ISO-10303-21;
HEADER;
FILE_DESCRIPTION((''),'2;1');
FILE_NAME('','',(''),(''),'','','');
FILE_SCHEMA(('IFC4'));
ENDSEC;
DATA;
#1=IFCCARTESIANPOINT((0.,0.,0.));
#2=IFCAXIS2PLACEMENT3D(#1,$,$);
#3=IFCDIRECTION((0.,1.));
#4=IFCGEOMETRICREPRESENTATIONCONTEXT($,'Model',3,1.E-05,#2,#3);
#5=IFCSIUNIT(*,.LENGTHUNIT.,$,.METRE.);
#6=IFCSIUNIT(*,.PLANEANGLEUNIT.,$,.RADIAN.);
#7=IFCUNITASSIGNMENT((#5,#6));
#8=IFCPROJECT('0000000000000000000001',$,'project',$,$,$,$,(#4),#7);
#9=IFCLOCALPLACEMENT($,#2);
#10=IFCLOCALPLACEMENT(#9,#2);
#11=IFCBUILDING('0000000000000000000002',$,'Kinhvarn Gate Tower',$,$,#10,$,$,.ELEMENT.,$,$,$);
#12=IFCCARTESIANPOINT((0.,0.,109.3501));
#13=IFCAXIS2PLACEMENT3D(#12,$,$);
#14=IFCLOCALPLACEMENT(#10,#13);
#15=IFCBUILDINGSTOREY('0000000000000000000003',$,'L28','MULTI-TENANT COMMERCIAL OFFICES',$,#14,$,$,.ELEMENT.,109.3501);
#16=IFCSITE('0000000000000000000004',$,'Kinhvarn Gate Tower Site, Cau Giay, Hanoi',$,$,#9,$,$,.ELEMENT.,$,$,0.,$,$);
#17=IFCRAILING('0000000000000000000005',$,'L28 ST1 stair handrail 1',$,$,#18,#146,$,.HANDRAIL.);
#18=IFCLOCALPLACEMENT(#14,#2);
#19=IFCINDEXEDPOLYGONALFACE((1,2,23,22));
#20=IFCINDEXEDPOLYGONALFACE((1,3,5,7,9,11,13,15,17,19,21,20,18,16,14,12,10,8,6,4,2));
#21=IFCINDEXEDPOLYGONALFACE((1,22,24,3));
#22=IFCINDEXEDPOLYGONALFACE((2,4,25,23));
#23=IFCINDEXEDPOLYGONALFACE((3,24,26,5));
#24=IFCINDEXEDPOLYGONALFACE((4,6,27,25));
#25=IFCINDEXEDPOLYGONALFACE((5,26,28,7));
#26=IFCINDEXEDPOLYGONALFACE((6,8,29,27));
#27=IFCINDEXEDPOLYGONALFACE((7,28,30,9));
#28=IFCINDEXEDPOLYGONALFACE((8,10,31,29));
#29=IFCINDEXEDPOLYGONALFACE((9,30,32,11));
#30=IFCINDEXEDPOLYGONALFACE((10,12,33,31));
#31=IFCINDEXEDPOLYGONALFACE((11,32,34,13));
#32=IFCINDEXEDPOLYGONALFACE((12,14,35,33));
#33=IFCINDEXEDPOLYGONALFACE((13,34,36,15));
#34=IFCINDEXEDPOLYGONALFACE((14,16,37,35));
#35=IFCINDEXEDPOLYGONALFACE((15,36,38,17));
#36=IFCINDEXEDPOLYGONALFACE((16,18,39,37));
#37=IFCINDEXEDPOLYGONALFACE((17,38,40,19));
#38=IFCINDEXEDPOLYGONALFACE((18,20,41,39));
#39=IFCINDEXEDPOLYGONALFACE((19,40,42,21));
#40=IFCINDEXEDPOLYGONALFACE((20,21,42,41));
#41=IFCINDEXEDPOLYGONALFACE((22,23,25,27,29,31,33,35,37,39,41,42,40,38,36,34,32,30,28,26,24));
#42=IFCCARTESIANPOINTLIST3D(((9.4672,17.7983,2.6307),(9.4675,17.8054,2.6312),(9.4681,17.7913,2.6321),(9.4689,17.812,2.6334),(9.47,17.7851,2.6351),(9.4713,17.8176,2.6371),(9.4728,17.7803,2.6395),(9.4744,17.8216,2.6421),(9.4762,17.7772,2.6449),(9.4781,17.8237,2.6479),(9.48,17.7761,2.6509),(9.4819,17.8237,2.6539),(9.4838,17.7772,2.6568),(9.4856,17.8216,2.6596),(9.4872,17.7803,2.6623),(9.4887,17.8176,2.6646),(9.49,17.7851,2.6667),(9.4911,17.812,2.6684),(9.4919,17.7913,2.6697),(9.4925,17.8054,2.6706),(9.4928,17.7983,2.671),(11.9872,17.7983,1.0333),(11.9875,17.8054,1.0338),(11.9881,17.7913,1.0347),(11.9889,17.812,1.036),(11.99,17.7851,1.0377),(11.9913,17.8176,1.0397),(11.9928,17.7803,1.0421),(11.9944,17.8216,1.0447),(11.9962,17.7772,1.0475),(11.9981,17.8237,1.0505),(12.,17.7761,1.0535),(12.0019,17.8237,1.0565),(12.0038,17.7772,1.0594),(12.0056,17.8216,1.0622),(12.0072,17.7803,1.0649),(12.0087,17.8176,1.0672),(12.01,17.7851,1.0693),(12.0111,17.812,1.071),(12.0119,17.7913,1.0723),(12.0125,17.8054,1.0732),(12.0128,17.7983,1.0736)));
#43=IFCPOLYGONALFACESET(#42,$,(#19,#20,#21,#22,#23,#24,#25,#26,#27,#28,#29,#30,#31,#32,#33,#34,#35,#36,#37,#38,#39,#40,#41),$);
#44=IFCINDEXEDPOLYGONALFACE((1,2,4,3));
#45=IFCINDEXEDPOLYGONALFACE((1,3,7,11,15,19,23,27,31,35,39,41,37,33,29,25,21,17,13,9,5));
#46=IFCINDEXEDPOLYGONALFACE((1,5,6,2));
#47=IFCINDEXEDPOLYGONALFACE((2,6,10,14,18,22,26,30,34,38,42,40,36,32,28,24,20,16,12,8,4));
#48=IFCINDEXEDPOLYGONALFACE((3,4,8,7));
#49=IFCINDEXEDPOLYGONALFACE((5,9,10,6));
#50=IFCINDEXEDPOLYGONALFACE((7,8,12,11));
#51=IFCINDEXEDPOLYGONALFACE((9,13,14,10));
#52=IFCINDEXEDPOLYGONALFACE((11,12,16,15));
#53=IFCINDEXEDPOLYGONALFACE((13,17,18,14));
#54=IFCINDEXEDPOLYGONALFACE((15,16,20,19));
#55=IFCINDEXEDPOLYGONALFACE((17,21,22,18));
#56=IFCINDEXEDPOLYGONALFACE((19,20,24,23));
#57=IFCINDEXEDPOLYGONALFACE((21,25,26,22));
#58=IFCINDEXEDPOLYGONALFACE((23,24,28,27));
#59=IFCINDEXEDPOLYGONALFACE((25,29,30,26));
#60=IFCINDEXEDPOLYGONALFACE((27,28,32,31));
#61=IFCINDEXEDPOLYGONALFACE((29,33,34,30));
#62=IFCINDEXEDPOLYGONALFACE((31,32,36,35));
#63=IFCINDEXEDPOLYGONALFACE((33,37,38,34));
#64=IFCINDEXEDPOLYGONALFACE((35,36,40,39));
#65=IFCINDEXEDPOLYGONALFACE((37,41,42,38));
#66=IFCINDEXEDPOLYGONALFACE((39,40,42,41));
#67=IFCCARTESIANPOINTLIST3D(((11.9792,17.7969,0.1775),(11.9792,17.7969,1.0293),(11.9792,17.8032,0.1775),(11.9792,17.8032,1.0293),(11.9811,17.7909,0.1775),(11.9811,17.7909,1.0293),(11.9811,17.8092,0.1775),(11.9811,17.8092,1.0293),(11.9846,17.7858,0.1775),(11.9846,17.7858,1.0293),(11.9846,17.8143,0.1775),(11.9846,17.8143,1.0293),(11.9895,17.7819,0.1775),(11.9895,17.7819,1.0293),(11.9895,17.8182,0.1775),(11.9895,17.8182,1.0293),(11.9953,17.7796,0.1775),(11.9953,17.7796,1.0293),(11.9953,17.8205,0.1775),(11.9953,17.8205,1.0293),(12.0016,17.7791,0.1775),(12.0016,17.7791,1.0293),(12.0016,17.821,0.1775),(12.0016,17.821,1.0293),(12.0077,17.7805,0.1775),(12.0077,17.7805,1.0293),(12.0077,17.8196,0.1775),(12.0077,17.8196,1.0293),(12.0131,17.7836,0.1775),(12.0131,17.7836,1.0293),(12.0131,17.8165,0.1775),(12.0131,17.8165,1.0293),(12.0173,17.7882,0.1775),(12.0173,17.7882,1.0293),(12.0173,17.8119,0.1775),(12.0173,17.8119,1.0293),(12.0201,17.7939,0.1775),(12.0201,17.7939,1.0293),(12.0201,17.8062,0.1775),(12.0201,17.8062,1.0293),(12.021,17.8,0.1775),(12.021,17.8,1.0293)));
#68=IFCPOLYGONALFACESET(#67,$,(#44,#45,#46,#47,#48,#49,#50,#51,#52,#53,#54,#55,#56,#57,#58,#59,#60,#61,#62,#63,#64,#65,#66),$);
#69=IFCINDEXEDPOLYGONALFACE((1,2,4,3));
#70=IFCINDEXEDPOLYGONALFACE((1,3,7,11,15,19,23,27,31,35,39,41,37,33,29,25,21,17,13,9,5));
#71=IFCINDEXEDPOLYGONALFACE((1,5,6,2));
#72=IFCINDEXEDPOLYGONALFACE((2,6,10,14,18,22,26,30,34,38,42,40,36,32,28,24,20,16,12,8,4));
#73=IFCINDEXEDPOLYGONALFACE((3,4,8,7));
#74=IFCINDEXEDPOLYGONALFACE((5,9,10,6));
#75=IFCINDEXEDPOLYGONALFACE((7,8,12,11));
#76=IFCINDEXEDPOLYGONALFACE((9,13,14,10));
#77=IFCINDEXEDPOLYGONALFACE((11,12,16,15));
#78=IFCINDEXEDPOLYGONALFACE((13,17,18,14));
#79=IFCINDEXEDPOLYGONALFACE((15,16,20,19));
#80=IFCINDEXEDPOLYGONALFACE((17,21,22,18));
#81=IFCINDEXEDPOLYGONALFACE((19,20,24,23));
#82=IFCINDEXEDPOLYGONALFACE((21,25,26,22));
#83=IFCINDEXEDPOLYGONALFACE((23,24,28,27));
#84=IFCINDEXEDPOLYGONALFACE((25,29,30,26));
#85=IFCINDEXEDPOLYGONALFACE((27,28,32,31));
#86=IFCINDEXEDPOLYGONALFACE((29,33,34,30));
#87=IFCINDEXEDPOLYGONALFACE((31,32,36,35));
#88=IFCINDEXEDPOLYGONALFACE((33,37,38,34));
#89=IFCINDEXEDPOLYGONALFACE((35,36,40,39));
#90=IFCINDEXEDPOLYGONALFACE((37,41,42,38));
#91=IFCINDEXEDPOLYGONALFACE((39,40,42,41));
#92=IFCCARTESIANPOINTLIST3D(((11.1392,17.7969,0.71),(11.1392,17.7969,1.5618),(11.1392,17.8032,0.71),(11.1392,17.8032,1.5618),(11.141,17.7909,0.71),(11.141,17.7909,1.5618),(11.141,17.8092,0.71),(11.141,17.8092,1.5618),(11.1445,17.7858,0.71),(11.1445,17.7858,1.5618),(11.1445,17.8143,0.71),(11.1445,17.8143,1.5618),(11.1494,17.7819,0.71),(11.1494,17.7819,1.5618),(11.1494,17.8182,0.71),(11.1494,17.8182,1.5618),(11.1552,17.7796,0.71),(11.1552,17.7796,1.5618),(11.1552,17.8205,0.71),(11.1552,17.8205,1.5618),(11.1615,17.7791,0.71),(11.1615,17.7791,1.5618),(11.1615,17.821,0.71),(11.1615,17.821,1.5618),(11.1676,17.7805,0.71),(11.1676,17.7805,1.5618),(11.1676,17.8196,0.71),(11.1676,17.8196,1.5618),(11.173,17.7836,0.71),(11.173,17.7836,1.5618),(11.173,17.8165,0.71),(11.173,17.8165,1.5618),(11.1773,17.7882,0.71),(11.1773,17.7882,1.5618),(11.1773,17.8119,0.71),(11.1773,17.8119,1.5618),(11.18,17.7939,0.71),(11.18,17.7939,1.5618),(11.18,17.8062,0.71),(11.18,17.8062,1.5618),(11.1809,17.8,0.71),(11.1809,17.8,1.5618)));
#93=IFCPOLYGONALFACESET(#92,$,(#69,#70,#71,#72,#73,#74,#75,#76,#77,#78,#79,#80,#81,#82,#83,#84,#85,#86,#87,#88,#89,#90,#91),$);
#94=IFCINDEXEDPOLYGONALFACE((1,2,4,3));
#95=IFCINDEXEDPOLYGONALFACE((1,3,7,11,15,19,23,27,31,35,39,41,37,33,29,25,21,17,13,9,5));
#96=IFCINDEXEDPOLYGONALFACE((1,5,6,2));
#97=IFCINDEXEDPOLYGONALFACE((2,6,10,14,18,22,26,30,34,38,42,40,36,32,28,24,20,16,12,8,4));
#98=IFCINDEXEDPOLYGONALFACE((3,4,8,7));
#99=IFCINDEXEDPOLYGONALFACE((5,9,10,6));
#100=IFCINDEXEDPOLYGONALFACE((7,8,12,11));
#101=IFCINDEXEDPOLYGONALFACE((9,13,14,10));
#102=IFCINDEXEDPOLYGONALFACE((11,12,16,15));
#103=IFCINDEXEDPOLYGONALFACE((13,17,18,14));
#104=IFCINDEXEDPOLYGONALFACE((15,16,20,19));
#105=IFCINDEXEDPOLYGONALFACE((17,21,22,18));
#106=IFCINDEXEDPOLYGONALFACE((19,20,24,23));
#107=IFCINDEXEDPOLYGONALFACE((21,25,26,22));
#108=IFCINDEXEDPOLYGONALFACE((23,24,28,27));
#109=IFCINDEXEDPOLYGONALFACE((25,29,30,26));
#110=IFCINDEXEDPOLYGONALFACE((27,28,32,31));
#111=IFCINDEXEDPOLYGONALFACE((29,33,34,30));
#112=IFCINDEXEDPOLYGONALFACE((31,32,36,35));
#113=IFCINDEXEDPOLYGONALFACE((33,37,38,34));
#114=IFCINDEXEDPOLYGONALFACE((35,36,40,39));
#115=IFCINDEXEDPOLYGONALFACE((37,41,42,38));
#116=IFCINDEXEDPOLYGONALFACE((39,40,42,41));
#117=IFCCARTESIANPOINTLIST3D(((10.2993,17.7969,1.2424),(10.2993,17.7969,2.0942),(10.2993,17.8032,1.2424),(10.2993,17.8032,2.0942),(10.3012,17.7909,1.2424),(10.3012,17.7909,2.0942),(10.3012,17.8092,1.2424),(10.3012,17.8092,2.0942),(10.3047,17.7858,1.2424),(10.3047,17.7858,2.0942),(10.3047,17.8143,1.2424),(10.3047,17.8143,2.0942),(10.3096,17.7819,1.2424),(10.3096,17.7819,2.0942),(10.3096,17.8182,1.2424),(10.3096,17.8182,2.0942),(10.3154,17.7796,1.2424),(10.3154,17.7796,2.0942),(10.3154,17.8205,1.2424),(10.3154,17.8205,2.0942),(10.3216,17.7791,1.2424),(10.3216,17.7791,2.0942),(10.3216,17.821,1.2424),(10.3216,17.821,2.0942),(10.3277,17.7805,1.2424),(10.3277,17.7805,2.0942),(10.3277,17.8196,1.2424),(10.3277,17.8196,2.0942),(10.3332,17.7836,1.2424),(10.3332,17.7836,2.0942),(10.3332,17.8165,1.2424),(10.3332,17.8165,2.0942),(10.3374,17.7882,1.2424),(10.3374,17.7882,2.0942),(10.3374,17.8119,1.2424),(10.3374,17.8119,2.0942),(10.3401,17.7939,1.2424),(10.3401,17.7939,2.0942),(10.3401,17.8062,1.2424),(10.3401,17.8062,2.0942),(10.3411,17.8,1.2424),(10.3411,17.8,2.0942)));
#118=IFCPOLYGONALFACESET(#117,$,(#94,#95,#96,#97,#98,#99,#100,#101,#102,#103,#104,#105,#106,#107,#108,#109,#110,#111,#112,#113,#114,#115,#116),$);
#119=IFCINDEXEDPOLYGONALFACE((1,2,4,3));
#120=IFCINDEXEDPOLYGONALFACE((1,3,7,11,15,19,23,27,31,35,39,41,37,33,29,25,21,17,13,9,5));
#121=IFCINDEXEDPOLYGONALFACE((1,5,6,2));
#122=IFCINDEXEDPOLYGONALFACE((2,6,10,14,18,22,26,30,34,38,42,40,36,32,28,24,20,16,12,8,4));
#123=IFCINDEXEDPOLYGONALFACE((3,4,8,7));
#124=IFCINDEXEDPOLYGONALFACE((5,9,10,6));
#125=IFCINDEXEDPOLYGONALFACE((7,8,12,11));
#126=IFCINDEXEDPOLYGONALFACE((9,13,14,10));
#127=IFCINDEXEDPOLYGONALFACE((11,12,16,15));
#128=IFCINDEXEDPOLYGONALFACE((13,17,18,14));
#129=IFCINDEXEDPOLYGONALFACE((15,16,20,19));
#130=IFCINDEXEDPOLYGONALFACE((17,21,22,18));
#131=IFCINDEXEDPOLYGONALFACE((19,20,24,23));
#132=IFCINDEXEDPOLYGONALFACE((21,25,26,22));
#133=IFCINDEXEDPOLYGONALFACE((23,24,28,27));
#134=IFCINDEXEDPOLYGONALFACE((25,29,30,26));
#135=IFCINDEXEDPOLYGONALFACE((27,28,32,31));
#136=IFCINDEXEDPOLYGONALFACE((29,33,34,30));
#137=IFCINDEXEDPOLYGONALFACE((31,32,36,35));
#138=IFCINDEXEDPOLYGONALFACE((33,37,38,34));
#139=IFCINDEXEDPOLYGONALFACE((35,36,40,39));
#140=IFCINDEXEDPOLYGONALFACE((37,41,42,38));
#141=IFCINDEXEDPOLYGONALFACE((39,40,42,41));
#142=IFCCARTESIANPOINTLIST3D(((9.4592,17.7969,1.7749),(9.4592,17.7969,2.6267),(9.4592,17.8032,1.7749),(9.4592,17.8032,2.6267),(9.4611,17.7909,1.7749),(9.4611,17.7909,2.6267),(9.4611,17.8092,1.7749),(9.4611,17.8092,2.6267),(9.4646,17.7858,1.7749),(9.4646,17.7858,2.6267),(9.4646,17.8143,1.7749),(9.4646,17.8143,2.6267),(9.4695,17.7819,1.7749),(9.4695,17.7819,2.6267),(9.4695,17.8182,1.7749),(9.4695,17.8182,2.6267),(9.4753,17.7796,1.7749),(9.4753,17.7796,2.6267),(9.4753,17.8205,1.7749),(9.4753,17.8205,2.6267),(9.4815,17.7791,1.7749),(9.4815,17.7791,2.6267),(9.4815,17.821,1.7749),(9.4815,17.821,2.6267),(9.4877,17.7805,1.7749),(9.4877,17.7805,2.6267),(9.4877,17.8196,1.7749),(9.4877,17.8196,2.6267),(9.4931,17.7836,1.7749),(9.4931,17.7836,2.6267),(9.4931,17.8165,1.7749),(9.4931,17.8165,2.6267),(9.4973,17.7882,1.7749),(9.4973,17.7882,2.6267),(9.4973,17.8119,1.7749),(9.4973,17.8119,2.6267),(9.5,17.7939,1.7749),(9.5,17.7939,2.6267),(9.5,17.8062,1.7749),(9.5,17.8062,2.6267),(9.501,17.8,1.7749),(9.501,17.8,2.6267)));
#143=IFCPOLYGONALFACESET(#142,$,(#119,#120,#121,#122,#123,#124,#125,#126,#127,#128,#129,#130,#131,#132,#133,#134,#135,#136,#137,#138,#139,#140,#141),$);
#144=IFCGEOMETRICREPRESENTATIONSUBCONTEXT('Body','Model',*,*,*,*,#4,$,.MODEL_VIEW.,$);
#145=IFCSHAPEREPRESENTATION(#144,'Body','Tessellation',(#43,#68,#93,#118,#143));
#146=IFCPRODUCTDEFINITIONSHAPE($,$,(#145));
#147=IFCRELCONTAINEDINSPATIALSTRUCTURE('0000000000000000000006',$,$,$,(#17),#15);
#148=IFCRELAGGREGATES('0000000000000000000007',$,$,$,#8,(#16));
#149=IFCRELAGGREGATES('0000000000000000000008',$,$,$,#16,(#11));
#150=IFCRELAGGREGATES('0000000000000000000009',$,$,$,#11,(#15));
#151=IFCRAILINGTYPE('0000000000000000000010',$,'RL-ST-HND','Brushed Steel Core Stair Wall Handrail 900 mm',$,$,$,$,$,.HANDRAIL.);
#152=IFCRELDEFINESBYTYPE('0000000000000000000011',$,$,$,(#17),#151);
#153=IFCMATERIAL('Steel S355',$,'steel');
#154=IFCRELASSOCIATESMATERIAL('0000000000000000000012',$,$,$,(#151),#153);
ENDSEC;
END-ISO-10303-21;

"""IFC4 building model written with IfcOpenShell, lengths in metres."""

from ifc_helpers import new_model, si_unit, direction, frame, origin, origin_2d, place, context, subcontext, project, spatial, circle, extrude, material, type_object, element, save


model = new_model("IFC4")

# Units and contexts
model_context = context("Model", 3, precision=1e-05, world=origin(), true_north=direction((0.0, 1.0)))
body_context = subcontext(model_context, "Body", "Model", "MODEL_VIEW")
ifc_project = project(units=[si_unit("LENGTHUNIT", "METRE"), si_unit("PLANEANGLEUNIT", "RADIAN")], contexts=[model_context])

# Site, building, storey
site_placement = place(None, origin())
site = spatial("IfcSite", under=ifc_project, at=site_placement, Name="Kinhvarn Gate Tower Site, Cau Giay, Hanoi", CompositionType="ELEMENT", RefElevation=0.0)
building_placement = place(site_placement, origin())
building = spatial("IfcBuilding", under=site, at=building_placement, Name="Kinhvarn Gate Tower", CompositionType="ELEMENT")
storey_placement = place(building_placement, frame((0.0, 0.0, 109.3501)))
storey = spatial("IfcBuildingStorey", under=building, at=storey_placement, Name="L28", Description="MULTI-TENANT COMMERCIAL OFFICES", CompositionType="ELEMENT", Elevation=109.3501)

# Shared definitions
ifc_material_1 = material(Name="Steel S355", Category="steel")

# Railing
railing_type_1 = type_object("IfcRailingType", Name="RL-ST-HND", Description="Brushed Steel Core Stair Wall Handrail 900 mm", PredefinedType="HANDRAIL", material=ifc_material_1)
railing_1_placement = place(storey_placement, frame((12.0, 17.8, 0.1775)))
element("IfcRailing", 1, at=railing_1_placement, inside=storey, type_object=railing_type_1, Name="L28 ST1 stair handrail 1", PredefinedType="HANDRAIL", context=body_context, shape_type="SweptSolid", body=[
    extrude(circle(Radius=0.0239, at=origin_2d()), frame((0.0, 0.0, 0.876), z_axis=(-0.844607, 0.0, 0.535387), x_axis=(0.0, -1.0, 0.0)), (0.0, 0.0, 1.0), 2.9836),
    extrude(circle(Radius=0.021, at=origin_2d()), origin(), (0.0, 0.0, 1.0), 0.8518),
    extrude(circle(Radius=0.021, at=origin_2d()), frame((-0.8401, 0.0, 0.5325)), (0.0, 0.0, 1.0), 0.8518),
    extrude(circle(Radius=0.021, at=origin_2d()), frame((-1.6799, 0.0, 1.0649)), (0.0, 0.0, 1.0), 0.8518),
    extrude(circle(Radius=0.021, at=origin_2d()), frame((-2.52, 0.0, 1.5974)), (0.0, 0.0, 1.0), 0.8518),
])

save(model, "model.ifc")
